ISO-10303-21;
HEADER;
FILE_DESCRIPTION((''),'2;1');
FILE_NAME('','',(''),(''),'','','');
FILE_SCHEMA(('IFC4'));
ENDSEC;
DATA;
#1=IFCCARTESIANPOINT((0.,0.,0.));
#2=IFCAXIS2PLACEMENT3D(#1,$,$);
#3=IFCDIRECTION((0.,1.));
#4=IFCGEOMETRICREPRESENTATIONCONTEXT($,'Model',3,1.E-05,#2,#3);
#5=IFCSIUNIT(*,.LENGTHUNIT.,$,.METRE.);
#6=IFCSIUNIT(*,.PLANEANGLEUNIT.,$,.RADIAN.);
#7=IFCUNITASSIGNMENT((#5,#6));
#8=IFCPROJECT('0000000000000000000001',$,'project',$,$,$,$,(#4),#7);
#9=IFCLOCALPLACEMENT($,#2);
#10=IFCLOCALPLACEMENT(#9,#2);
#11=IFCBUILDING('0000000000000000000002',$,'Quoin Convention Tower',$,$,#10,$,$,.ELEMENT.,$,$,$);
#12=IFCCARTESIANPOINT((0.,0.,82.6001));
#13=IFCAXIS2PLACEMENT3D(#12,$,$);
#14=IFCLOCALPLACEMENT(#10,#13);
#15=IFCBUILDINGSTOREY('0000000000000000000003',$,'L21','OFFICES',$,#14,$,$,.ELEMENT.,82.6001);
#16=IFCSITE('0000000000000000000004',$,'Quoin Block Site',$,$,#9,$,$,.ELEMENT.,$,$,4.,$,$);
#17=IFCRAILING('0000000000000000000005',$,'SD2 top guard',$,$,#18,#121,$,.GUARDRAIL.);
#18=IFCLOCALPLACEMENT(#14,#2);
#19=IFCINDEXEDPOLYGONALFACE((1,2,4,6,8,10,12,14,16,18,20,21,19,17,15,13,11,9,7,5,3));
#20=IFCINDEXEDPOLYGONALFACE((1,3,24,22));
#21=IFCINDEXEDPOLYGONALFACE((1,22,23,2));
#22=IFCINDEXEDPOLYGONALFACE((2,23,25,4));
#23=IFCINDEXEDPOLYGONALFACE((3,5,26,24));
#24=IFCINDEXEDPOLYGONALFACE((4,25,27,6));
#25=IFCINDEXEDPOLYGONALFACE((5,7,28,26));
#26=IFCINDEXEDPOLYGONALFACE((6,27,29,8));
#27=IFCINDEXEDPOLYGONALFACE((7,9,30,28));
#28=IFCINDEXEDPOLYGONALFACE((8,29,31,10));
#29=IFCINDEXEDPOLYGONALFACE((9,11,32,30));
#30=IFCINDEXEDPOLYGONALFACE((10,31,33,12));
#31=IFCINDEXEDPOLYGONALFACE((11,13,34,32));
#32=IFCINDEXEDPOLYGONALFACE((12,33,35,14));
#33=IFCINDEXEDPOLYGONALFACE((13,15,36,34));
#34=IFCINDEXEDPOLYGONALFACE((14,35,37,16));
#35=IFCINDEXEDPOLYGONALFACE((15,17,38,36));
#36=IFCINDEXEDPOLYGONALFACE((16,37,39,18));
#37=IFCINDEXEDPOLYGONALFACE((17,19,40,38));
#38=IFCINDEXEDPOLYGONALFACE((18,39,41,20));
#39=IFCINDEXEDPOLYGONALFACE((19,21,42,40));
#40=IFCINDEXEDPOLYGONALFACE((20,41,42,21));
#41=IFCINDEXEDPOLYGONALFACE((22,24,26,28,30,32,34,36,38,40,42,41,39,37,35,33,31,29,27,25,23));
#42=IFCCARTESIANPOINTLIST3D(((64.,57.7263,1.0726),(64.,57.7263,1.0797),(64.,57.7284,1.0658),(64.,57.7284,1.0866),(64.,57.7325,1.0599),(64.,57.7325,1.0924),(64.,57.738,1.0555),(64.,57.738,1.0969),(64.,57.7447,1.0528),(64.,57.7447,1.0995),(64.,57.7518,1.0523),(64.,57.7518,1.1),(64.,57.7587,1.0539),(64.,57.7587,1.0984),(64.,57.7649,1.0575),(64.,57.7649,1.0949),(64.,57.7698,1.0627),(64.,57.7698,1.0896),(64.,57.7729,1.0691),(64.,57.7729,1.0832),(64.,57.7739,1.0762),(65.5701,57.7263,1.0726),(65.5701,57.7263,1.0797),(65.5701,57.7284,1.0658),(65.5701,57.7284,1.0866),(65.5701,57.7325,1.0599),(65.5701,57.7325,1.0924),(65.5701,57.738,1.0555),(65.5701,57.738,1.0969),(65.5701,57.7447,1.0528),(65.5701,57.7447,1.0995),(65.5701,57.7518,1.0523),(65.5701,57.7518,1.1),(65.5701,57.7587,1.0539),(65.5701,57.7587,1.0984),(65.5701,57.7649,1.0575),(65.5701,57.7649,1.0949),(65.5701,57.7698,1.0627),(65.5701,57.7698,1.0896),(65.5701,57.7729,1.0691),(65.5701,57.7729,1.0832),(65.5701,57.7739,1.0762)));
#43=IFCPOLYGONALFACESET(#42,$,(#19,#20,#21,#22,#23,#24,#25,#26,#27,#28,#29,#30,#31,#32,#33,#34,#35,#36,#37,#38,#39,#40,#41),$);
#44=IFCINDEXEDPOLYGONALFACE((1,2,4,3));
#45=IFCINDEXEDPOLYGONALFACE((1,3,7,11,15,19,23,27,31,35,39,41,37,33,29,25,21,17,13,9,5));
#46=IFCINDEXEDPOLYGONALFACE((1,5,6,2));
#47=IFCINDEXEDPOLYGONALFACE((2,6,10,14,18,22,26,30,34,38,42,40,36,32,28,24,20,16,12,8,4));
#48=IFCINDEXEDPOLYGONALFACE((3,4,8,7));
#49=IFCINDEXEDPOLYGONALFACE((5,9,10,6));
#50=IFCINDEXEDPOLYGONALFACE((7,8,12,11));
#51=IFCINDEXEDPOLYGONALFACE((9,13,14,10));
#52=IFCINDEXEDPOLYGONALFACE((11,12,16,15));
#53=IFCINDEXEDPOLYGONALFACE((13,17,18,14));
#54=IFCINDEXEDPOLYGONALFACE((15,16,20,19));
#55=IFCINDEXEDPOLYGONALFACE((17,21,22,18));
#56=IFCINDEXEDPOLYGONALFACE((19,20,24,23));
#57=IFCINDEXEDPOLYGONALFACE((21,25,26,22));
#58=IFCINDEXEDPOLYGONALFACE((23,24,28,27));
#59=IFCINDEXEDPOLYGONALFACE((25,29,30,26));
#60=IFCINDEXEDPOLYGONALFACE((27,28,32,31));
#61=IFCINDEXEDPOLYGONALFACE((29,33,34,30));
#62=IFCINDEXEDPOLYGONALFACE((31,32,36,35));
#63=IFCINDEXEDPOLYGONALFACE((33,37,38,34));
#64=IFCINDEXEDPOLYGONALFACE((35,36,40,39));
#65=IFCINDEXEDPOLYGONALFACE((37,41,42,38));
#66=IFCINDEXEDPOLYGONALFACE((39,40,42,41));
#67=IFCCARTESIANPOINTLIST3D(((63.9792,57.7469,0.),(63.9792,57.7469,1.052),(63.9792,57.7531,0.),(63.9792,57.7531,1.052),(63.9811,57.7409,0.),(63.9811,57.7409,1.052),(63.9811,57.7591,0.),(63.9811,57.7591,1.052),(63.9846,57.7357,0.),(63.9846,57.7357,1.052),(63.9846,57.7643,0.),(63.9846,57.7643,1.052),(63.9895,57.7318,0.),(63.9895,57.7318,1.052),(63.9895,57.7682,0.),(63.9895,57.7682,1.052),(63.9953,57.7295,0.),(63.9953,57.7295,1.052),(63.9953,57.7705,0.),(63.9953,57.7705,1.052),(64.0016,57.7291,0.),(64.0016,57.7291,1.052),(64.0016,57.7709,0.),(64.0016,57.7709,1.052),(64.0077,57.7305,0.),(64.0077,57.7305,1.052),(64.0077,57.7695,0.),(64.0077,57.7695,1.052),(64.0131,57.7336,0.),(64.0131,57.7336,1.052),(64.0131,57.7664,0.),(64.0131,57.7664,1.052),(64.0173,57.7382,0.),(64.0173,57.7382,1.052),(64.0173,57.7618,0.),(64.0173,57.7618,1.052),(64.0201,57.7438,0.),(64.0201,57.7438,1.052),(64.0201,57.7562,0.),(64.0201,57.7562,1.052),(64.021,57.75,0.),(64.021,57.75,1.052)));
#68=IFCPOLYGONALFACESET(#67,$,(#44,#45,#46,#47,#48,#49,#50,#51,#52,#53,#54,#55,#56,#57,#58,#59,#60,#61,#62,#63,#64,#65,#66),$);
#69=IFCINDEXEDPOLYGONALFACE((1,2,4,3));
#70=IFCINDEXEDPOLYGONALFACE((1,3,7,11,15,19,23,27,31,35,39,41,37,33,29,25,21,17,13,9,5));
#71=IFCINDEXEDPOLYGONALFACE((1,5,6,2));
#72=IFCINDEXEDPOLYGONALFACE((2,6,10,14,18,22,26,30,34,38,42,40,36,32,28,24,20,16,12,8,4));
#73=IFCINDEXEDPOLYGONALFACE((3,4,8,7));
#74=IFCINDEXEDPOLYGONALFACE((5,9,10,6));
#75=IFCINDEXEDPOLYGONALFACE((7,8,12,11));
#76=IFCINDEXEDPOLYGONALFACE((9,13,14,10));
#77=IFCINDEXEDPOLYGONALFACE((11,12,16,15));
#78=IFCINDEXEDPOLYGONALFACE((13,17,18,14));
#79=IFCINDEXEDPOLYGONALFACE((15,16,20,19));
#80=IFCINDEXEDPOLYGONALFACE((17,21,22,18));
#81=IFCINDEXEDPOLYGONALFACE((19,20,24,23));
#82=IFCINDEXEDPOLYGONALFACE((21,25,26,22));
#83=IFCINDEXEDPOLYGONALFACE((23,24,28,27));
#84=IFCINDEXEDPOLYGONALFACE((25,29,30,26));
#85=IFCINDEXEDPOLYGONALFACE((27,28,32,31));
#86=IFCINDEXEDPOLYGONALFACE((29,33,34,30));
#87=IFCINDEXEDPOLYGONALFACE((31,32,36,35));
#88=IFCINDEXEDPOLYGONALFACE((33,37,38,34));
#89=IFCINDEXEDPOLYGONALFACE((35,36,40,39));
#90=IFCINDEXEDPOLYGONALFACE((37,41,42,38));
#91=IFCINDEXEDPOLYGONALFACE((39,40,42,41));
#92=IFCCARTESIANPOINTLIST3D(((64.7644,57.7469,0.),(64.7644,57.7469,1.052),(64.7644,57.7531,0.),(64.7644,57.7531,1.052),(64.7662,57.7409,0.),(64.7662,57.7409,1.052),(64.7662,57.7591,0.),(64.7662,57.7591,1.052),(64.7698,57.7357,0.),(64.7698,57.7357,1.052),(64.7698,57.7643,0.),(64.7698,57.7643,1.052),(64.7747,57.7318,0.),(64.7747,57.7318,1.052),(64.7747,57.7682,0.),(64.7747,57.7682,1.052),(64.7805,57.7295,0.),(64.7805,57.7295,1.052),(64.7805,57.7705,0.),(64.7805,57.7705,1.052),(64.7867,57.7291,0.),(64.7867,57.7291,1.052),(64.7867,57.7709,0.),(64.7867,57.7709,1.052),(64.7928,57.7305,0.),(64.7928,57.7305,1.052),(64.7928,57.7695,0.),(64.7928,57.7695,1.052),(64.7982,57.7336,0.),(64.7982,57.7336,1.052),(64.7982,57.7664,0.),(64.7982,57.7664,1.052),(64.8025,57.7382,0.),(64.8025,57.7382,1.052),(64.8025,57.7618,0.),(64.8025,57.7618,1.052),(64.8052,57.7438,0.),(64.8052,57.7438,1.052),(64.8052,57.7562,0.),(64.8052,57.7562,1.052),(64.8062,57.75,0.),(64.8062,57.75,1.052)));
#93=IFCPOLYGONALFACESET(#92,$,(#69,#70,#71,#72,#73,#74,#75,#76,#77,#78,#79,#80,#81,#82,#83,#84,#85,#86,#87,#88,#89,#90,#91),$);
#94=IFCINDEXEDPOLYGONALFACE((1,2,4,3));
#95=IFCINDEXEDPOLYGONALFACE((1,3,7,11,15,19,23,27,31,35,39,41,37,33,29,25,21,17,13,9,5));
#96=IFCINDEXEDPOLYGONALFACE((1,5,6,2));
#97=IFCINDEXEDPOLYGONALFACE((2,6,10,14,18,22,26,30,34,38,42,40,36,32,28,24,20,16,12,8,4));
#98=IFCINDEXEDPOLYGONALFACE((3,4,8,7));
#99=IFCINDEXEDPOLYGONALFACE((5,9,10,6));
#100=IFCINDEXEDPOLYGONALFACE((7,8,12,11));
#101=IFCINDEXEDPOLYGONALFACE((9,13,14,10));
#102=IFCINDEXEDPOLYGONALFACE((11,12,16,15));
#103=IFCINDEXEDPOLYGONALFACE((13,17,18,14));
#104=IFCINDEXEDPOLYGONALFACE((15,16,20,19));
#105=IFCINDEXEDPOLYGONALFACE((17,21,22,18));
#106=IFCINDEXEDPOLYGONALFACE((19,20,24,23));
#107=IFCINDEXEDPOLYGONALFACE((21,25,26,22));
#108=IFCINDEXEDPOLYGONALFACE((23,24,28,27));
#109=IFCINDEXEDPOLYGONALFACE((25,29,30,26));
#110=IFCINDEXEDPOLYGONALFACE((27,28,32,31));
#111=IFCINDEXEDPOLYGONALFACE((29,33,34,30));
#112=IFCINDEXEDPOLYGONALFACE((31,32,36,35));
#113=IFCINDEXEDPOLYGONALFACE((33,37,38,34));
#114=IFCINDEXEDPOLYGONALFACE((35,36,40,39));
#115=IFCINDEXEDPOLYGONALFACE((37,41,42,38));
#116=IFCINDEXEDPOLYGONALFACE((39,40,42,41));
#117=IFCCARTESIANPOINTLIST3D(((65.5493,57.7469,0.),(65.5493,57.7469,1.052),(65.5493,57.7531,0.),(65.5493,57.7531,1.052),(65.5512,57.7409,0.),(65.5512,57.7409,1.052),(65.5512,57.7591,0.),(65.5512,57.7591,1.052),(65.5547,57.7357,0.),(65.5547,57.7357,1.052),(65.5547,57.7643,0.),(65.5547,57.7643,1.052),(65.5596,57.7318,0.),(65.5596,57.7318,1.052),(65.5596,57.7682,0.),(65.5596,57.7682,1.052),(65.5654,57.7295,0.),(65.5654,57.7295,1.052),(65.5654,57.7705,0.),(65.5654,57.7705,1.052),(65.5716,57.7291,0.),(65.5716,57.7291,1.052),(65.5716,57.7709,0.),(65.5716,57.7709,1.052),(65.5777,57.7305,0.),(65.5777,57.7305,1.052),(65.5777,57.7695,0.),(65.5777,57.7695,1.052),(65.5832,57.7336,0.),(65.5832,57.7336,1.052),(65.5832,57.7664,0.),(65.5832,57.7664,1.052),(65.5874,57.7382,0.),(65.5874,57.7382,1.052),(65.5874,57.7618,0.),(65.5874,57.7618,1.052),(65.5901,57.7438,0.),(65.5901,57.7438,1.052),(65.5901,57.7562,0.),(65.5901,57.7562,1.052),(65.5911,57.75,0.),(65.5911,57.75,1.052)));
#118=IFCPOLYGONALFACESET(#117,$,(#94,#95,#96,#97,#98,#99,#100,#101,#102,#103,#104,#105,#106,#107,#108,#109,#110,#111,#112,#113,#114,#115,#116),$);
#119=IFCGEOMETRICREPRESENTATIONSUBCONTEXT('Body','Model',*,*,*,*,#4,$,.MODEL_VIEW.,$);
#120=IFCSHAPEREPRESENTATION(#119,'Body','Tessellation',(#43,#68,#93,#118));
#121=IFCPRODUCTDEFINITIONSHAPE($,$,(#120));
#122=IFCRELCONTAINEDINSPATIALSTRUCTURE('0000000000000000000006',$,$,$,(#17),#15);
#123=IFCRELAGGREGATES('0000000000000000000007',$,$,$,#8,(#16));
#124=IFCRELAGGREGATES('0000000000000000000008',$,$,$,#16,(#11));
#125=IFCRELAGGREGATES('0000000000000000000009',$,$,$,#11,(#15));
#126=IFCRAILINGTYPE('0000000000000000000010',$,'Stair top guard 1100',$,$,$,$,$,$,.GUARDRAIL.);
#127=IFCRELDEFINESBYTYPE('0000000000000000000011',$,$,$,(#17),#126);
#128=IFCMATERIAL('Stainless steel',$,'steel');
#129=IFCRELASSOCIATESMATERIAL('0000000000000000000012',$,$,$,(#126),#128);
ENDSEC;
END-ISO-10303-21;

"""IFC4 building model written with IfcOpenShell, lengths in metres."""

from ifc_helpers import new_model, si_unit, direction, frame, origin, origin_2d, place, context, subcontext, project, spatial, circle, extrude, material, type_object, element, save


model = new_model("IFC4")

# Units and contexts
model_context = context("Model", 3, precision=1e-05, world=origin(), true_north=direction((0.0, 1.0)))
body_context = subcontext(model_context, "Body", "Model", "MODEL_VIEW")
ifc_project = project(units=[si_unit("LENGTHUNIT", "METRE"), si_unit("PLANEANGLEUNIT", "RADIAN")], contexts=[model_context])

# Site, building, storey
site_placement = place(None, origin())
site = spatial("IfcSite", under=ifc_project, at=site_placement, Name="Quoin Block Site", CompositionType="ELEMENT", RefElevation=4.0)
building_placement = place(site_placement, origin())
building = spatial("IfcBuilding", under=site, at=building_placement, Name="Quoin Convention Tower", CompositionType="ELEMENT")
storey_placement = place(building_placement, frame((0.0, 0.0, 82.6001)))
storey = spatial("IfcBuildingStorey", under=building, at=storey_placement, Name="L21", Description="OFFICES", CompositionType="ELEMENT", Elevation=82.6001)

# Railing
ifc_material_1 = material(Name="Stainless steel", Category="steel")
railing_type_1 = type_object("IfcRailingType", Name="Stair top guard 1100", PredefinedType="GUARDRAIL", material=ifc_material_1)
railing_1_placement = place(storey_placement, frame((64.0, 57.75, 0.0)))
element("IfcRailing", 1, at=railing_1_placement, inside=storey, type_object=railing_type_1, Name="SD2 top guard", PredefinedType="GUARDRAIL", context=body_context, shape_type="SweptSolid", body=[
    extrude(circle(Radius=0.0239, at=origin_2d()), frame((0.0, 0.0, 1.0762), z_axis=(1.0, 0.0, 0.0), x_axis=(0.0, 1.0, 0.0)), (0.0, 0.0, 1.0), 1.5701),
    extrude(circle(Radius=0.021, at=origin_2d()), origin(), (0.0, 0.0, 1.0), 1.052),
    extrude(circle(Radius=0.021, at=origin_2d()), frame((0.7852, 0.0, 0.0)), (0.0, 0.0, 1.0), 1.052),
    extrude(circle(Radius=0.021, at=origin_2d()), frame((1.5701, 0.0, 0.0)), (0.0, 0.0, 1.0), 1.052),
])

save(model, "model.ifc")
